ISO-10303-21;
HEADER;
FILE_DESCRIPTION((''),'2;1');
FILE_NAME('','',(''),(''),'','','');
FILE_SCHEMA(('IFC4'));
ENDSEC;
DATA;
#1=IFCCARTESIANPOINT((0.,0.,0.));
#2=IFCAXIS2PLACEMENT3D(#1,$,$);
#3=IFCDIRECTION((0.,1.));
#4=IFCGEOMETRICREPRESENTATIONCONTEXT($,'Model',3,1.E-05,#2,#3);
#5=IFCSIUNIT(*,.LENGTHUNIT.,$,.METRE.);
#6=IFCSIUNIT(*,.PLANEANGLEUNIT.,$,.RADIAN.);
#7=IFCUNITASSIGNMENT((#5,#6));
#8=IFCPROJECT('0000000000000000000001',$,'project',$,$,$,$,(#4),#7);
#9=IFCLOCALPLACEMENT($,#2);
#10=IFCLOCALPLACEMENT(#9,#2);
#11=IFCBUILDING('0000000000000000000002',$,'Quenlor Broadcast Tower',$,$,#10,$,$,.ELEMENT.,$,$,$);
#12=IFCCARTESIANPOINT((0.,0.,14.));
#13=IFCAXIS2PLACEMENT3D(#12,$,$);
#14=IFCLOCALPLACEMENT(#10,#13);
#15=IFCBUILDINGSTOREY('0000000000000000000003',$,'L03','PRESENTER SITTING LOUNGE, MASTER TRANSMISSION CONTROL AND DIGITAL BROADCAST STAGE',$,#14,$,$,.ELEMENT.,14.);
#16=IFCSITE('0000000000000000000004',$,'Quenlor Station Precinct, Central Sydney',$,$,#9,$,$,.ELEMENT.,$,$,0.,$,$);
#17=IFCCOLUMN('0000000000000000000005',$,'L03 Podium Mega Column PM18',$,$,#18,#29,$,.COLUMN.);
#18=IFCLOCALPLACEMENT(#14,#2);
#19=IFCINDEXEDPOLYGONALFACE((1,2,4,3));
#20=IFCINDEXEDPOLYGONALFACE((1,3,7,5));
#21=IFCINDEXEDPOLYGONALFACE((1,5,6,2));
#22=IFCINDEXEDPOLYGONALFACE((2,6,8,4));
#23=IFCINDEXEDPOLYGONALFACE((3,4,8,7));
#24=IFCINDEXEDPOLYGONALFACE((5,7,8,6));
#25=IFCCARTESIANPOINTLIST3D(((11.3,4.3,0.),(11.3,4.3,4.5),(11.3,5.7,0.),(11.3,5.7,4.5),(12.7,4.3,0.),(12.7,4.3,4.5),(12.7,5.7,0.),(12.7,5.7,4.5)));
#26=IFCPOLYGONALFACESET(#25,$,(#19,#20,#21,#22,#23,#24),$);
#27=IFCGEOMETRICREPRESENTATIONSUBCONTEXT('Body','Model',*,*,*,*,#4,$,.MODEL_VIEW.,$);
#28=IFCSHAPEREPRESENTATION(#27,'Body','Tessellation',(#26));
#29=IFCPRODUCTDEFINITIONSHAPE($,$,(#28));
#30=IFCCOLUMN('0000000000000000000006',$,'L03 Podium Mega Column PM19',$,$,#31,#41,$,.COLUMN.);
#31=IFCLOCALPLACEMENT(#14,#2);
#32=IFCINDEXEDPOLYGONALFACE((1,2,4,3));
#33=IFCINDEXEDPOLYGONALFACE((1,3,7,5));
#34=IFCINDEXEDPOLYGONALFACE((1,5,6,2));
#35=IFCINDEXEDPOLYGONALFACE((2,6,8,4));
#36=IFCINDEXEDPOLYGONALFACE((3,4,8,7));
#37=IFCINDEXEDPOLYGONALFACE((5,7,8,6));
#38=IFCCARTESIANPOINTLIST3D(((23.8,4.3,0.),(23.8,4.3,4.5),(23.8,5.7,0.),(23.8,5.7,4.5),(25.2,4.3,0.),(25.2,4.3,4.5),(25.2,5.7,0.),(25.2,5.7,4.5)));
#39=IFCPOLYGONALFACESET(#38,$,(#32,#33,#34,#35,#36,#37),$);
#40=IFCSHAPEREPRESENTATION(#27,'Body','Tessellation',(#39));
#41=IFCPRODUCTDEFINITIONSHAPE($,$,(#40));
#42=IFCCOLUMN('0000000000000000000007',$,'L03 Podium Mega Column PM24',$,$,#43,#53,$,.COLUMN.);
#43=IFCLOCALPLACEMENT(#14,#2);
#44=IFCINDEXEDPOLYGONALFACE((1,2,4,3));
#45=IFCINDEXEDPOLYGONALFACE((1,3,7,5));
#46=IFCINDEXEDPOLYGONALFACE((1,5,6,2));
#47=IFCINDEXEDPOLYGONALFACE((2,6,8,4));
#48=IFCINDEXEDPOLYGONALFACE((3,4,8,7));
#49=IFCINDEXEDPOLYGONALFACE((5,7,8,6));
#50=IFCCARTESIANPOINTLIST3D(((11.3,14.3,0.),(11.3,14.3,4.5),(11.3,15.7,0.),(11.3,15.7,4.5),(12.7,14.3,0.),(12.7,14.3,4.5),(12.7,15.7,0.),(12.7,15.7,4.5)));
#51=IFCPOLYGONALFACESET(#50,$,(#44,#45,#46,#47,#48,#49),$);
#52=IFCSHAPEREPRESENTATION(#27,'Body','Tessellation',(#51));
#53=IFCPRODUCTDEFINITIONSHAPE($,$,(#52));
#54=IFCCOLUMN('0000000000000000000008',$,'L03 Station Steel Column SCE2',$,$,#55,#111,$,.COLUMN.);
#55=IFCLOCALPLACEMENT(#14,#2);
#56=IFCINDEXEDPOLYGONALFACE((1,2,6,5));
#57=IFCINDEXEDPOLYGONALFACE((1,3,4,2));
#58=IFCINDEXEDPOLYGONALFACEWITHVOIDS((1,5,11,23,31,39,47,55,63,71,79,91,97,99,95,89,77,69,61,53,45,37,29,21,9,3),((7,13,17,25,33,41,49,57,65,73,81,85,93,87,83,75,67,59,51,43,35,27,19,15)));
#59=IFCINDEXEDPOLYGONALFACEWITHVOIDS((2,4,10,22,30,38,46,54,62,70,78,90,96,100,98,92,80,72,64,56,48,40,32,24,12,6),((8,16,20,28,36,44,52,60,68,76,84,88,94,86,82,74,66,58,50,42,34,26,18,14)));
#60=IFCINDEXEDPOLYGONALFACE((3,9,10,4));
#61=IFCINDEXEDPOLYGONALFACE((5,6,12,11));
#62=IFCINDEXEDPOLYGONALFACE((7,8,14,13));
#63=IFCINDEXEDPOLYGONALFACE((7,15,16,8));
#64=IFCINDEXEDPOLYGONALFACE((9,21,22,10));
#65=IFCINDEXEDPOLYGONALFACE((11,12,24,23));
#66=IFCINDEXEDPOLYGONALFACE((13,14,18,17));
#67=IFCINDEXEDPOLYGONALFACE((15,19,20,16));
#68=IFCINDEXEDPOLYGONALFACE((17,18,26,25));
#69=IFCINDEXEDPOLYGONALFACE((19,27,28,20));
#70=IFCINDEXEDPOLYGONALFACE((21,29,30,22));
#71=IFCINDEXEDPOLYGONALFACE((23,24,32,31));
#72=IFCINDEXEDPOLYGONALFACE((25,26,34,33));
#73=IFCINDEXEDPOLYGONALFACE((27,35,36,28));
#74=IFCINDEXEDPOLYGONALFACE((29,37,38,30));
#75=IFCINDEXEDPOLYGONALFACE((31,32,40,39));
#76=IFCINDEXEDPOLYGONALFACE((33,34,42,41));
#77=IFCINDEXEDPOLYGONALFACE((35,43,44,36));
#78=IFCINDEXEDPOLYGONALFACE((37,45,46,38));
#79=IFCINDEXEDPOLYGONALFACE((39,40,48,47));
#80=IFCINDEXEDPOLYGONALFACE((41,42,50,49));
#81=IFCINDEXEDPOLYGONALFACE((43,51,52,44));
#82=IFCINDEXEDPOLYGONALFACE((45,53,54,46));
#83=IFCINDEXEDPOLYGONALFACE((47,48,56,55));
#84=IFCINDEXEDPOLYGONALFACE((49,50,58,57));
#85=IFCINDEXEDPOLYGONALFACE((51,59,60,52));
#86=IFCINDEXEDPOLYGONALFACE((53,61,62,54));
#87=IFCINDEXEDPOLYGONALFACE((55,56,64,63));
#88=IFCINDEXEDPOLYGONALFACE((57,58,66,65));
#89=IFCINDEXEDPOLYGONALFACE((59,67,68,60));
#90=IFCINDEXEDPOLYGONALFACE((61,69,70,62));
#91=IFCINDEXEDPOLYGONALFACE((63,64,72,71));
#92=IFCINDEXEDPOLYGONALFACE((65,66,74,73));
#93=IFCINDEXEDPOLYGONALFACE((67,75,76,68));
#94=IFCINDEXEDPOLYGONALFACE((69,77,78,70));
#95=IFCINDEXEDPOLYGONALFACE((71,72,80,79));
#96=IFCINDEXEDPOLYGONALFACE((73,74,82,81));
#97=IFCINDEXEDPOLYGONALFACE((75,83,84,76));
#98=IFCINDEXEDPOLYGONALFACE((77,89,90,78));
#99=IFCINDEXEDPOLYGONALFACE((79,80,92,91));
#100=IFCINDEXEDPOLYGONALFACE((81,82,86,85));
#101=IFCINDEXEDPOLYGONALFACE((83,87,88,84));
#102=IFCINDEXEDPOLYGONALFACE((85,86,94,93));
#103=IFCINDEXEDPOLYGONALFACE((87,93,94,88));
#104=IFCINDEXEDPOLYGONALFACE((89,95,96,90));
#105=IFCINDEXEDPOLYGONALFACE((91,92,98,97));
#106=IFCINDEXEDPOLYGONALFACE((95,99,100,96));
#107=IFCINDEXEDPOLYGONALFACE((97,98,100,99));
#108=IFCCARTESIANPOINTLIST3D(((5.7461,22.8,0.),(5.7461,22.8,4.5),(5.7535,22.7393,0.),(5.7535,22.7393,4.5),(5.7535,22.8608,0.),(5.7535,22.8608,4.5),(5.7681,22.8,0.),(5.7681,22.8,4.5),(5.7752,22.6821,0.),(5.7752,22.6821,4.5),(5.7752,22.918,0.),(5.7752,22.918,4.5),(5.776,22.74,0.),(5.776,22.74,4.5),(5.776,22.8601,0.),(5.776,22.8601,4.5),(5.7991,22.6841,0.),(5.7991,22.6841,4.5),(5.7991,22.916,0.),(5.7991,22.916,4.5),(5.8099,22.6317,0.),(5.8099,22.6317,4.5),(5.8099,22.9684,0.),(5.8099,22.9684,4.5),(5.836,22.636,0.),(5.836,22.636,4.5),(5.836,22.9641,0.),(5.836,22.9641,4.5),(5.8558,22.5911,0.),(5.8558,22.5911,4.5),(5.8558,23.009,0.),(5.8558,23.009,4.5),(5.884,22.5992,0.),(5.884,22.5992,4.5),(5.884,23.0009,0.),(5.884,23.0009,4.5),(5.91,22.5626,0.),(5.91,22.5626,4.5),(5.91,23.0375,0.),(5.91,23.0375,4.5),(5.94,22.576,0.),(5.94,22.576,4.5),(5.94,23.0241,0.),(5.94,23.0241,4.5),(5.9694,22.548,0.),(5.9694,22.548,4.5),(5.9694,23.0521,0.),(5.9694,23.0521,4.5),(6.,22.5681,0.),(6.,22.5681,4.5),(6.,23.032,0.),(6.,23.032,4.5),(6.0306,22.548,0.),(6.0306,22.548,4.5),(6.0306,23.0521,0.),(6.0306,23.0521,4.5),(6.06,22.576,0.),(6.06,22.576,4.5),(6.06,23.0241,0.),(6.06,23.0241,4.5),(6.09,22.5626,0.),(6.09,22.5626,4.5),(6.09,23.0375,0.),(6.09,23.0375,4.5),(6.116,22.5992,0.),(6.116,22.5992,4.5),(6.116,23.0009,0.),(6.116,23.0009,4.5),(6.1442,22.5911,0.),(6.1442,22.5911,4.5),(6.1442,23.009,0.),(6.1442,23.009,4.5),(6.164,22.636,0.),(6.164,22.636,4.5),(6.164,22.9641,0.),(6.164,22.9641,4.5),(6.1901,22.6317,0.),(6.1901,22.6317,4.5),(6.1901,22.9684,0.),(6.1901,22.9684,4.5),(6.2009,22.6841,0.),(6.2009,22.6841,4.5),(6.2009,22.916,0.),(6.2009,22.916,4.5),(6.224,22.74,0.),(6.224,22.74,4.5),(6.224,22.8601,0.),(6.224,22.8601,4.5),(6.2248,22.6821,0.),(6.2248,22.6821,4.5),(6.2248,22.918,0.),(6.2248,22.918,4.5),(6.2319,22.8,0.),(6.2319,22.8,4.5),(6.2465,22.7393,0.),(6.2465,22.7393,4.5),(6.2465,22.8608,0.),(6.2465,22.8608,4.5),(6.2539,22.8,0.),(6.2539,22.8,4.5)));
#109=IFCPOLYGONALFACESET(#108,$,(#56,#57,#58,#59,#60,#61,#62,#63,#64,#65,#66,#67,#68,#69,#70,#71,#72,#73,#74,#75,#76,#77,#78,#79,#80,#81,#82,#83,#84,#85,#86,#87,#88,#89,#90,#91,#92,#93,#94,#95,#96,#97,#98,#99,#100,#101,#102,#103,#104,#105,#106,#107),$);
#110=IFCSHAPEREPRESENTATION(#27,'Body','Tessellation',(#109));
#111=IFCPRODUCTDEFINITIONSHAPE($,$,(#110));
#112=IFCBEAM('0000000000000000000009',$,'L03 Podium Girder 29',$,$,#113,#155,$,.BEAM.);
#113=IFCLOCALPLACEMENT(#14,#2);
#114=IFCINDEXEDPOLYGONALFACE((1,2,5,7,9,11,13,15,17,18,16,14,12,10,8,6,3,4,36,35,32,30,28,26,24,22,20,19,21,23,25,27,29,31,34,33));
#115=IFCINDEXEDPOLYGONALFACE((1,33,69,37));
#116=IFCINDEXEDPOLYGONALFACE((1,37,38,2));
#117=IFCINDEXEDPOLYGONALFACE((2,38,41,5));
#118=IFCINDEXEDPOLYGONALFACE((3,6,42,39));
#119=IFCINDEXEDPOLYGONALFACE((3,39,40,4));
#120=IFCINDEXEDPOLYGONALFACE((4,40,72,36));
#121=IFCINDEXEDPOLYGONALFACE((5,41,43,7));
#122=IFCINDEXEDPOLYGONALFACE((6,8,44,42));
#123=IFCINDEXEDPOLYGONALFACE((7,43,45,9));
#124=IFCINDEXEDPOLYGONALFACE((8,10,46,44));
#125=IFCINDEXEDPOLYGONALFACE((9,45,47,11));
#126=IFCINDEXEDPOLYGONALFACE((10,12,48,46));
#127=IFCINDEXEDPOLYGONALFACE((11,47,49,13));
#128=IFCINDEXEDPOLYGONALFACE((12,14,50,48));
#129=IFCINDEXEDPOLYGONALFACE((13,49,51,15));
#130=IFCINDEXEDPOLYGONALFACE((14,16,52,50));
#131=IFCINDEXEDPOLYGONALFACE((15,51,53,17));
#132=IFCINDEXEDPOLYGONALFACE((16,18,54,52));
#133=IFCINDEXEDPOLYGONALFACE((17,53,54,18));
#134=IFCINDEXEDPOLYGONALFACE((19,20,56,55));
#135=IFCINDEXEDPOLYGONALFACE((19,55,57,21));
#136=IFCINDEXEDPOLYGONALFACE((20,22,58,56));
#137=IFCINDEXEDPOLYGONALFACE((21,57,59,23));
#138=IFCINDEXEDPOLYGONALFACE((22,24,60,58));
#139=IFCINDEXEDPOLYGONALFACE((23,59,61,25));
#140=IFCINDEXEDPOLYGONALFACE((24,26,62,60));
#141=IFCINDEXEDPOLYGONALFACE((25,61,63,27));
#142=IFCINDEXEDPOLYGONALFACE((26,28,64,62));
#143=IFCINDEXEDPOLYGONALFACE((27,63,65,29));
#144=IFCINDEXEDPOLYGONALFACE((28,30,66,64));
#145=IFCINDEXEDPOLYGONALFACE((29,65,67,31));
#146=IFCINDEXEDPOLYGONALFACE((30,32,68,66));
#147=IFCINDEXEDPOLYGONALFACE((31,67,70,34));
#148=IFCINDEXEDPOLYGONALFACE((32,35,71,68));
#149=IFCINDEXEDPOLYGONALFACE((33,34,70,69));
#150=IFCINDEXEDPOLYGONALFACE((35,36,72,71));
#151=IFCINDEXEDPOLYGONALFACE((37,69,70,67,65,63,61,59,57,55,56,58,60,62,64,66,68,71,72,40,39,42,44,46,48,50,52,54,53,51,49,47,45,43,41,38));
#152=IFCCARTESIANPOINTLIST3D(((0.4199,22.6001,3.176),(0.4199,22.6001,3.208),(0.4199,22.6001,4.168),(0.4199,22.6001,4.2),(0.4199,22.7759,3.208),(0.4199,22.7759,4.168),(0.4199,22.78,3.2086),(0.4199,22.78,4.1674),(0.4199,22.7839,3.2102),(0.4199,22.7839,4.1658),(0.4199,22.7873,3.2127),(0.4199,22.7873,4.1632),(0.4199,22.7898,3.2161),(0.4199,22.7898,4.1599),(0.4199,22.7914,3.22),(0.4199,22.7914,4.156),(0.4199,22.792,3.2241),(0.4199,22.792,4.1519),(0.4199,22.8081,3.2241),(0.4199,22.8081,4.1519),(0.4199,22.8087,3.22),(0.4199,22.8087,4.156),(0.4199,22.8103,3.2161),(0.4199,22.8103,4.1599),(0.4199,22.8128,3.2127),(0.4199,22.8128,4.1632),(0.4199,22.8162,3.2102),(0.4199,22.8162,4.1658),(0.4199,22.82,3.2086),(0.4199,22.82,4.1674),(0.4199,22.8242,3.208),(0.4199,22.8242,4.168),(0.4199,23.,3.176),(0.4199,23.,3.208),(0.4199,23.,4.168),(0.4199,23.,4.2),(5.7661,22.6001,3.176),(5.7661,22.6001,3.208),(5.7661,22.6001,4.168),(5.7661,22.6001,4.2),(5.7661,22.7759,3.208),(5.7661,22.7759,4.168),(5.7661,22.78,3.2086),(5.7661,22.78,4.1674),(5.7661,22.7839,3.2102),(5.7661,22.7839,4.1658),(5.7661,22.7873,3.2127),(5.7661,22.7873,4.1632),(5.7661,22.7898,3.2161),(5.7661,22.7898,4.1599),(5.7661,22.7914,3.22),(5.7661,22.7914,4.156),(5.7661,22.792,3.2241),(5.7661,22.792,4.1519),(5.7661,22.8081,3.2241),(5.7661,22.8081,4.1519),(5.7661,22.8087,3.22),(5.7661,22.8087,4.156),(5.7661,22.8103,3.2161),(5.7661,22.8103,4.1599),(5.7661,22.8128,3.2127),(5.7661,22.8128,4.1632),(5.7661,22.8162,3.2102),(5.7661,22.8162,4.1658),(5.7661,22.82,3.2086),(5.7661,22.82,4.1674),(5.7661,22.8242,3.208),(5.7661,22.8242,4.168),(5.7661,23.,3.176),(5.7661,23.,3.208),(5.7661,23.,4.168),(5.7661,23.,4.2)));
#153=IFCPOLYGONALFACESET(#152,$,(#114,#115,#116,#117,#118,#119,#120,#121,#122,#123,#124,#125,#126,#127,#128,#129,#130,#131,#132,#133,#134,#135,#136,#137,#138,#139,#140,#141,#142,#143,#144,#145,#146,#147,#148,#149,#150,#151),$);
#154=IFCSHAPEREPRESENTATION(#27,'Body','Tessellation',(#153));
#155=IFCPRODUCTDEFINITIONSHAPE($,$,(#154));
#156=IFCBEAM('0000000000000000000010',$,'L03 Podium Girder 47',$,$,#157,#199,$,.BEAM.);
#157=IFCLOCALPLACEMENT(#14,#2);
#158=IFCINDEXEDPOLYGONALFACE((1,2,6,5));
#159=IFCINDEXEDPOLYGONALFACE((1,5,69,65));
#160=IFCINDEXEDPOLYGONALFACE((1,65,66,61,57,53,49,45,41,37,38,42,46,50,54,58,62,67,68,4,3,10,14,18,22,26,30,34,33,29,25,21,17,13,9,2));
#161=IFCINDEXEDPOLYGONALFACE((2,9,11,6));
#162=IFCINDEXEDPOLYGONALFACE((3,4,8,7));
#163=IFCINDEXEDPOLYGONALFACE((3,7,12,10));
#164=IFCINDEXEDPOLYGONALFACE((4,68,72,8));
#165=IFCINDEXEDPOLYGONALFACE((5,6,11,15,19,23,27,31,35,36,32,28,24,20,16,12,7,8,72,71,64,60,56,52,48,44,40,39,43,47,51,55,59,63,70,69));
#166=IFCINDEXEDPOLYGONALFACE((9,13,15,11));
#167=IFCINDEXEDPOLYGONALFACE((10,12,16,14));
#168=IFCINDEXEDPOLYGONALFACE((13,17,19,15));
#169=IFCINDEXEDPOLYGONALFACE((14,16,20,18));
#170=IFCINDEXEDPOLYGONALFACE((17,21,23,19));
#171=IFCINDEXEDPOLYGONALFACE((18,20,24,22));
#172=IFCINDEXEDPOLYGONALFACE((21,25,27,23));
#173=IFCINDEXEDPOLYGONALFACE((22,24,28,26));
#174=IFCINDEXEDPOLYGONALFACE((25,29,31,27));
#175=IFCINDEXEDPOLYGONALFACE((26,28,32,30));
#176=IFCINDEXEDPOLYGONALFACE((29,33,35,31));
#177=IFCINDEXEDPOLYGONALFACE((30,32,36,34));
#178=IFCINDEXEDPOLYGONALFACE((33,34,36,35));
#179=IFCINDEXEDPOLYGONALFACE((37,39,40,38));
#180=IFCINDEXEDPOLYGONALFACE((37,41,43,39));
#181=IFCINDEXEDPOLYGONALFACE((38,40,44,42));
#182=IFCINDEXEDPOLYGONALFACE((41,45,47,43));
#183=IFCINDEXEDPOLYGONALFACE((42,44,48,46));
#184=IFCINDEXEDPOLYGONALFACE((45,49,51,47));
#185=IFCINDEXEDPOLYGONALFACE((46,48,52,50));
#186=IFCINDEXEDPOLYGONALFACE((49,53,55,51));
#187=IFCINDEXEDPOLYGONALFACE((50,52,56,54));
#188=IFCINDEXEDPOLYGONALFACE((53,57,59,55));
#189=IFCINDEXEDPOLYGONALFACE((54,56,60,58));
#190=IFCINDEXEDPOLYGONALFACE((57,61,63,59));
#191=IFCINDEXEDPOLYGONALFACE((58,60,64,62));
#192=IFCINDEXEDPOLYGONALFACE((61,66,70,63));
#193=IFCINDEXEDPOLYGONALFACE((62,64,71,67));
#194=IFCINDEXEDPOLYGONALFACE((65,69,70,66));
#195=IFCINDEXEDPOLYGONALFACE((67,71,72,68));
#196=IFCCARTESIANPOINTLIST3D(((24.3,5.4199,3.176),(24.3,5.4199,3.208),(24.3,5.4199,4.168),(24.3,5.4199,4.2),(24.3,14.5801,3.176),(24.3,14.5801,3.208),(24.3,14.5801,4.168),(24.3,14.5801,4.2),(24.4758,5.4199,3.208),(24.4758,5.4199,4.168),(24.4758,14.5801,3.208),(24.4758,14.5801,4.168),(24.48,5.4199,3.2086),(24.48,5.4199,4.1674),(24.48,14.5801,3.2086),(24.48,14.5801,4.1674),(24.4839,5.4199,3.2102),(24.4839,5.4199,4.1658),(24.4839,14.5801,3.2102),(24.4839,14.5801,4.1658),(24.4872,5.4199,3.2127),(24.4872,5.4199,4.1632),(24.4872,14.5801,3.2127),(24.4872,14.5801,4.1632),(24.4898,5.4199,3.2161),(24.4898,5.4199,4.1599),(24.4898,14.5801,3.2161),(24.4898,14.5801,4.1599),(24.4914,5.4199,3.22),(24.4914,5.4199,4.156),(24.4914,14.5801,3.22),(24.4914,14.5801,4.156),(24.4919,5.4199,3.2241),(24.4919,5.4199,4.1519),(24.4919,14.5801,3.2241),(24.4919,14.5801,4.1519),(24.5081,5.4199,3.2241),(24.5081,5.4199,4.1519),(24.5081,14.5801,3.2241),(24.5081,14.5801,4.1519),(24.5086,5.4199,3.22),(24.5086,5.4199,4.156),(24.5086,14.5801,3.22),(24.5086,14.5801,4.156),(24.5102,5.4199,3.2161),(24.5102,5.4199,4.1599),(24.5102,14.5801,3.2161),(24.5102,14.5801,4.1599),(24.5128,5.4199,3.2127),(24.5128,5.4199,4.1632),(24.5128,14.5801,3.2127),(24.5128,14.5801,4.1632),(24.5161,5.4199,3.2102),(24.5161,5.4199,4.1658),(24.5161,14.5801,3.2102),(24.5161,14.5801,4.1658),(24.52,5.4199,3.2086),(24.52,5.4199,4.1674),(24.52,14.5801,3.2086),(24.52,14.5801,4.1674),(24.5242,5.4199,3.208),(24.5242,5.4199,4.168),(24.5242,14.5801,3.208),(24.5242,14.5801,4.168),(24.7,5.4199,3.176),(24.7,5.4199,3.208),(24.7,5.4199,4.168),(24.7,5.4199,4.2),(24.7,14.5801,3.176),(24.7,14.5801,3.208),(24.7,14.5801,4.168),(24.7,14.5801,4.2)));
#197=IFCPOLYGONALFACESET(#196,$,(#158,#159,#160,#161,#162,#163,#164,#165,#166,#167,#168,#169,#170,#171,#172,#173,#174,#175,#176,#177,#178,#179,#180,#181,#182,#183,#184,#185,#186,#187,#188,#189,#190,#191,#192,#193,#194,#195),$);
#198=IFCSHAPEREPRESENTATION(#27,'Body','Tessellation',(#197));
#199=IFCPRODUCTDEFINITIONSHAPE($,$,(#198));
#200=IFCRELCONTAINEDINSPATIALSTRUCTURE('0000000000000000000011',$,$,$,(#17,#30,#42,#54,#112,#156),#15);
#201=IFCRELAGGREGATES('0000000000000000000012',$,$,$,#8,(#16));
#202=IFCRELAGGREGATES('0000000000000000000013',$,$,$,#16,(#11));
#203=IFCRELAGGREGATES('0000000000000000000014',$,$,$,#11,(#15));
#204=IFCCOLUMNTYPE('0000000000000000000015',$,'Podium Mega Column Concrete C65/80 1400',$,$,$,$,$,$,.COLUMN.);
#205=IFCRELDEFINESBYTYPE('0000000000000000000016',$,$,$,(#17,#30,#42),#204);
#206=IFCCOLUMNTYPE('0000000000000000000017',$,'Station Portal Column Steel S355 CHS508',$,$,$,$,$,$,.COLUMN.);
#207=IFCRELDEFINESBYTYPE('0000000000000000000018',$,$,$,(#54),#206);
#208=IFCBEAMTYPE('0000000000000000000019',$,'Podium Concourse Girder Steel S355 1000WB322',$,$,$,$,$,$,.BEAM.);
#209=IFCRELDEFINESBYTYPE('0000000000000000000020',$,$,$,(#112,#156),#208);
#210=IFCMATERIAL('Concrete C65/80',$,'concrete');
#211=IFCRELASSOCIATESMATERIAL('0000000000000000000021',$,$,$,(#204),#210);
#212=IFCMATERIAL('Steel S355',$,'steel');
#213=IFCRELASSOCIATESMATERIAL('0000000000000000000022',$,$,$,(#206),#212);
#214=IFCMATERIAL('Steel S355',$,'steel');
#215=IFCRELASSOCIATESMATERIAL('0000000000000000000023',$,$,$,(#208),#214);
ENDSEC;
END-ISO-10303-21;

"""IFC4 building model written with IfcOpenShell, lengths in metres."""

from ifc_helpers import new_model, si_unit, direction, frame, origin, origin_2d, place, context, subcontext, project, spatial, rectangle, hollow_circle, i_section, extrude, material, material_profile, profile_set, type_object, element, save


model = new_model("IFC4")

# Units and contexts
model_context = context("Model", 3, precision=1e-05, world=origin(), true_north=direction((0.0, 1.0)))
body_context = subcontext(model_context, "Body", "Model", "MODEL_VIEW")
ifc_project = project(units=[si_unit("LENGTHUNIT", "METRE"), si_unit("PLANEANGLEUNIT", "RADIAN")], contexts=[model_context])

# Site, building, storey
site_placement = place(None, origin())
site = spatial("IfcSite", under=ifc_project, at=site_placement, Name="Quenlor Station Precinct, Central Sydney", CompositionType="ELEMENT", RefElevation=0.0)
building_placement = place(site_placement, origin())
building = spatial("IfcBuilding", under=site, at=building_placement, Name="Quenlor Broadcast Tower", CompositionType="ELEMENT")
storey_placement = place(building_placement, frame((0.0, 0.0, 14.0)))
storey = spatial("IfcBuildingStorey", under=building, at=storey_placement, Name="L03", Description="PRESENTER SITTING LOUNGE, MASTER TRANSMISSION CONTROL AND DIGITAL BROADCAST STAGE", CompositionType="ELEMENT", Elevation=14.0)

# Columns
ifc_material_1 = material(Name="Concrete C65/80", Category="concrete")
ifc_material_profile_1 = material_profile(ifc_material_1, rectangle(XDim=1.3999, YDim=1.3999, at=origin_2d()))
ifc_profile_set_1 = profile_set([ifc_material_profile_1], Name="Concrete C65/80 RC1400x1400")
column_type_1 = type_object("IfcColumnType", Name="Podium Mega Column Concrete C65/80 1400", PredefinedType="COLUMN", material=ifc_profile_set_1)
for number, where, z_axis, x_axis, name in (
    (1, (12.0, 5.0, 0.0), (0.0, 0.0, 1.0), (1.0, 0.0, 0.0), "L03 Podium Mega Column PM18"),
    (2, (24.5, 5.0, 0.0), (0.0, 0.0, 1.0), (1.0, 0.0, 0.0), "L03 Podium Mega Column PM19"),
    (3, (12.0, 15.0, 0.0), (0.0, 0.0, 1.0), (1.0, 0.0, 0.0), "L03 Podium Mega Column PM24"),
):
    element("IfcColumn", number, at=place(storey_placement, frame(where, z_axis=z_axis, x_axis=x_axis)), inside=storey, type_object=column_type_1, Name=name, PredefinedType="COLUMN", context=body_context, shape_type="SweptSolid", body=[
        extrude(rectangle(XDim=1.3999, YDim=1.3999, at=origin_2d()), origin(), (0.0, 0.0, 1.0), 4.5),
    ])
ifc_material_2 = material(Name="Steel S355", Category="steel")
ifc_material_profile_2 = material_profile(ifc_material_2, hollow_circle(Radius=0.2539, WallThickness=0.022, at=origin_2d()))
ifc_profile_set_2 = profile_set([ifc_material_profile_2], Name="Steel S355 CHS508x22")
column_type_2 = type_object("IfcColumnType", Name="Station Portal Column Steel S355 CHS508", PredefinedType="COLUMN", material=ifc_profile_set_2)
column_placement = place(storey_placement, frame((6.0, 22.8, 0.0), z_axis=(0.0, 0.0, 1.0), x_axis=(1.0, 0.0, 0.0)))
element("IfcColumn", 4, at=column_placement, inside=storey, type_object=column_type_2, Name="L03 Station Steel Column SCE2", PredefinedType="COLUMN", context=body_context, shape_type="SweptSolid", body=[
    extrude(hollow_circle(Radius=0.2539, WallThickness=0.022, at=origin_2d()), origin(), (0.0, 0.0, 1.0), 4.5),
])

# Beams
ifc_material_3 = material(Name="Steel S355", Category="steel")
ifc_material_profile_3 = material_profile(ifc_material_3, i_section(OverallWidth=0.3999, OverallDepth=1.0239, WebThickness=0.0161, FlangeThickness=0.032, FilletRadius=0.0161, at=origin_2d()))
ifc_profile_set_3 = profile_set([ifc_material_profile_3], Name="Steel S355 1000WB322")
beam_type_1 = type_object("IfcBeamType", Name="Podium Concourse Girder Steel S355 1000WB322", PredefinedType="BEAM", material=ifc_profile_set_3)
beam_1_placement = place(storey_placement, frame((0.4199, 22.8, 3.688), z_axis=(1.0, 0.0, 0.0), x_axis=(0.0, 1.0, 0.0)))
element("IfcBeam", 5, at=beam_1_placement, inside=storey, type_object=beam_type_1, Name="L03 Podium Girder 29", PredefinedType="BEAM", context=body_context, shape_type="SweptSolid", body=[
    extrude(i_section(OverallWidth=0.3999, OverallDepth=1.0239, WebThickness=0.0161, FlangeThickness=0.032, FilletRadius=0.0161, at=origin_2d()), origin(), (0.0, 0.0, 1.0), 5.3462),
])
for number, where, z_axis, x_axis, name in (
    (6, (24.5, 5.4199, 3.688), (0.0, 1.0, 0.0), (-1.0, 0.0, 0.0), "L03 Podium Girder 47"),
):
    element("IfcBeam", number, at=place(storey_placement, frame(where, z_axis=z_axis, x_axis=x_axis)), inside=storey, type_object=beam_type_1, Name=name, PredefinedType="BEAM", context=body_context, shape_type="SweptSolid", body=[
        extrude(i_section(OverallWidth=0.3999, OverallDepth=1.0239, WebThickness=0.0161, FlangeThickness=0.032, FilletRadius=0.0161, at=origin_2d()), origin(), (0.0, 0.0, 1.0), 9.1602),
    ])

save(model, "model.ifc")
